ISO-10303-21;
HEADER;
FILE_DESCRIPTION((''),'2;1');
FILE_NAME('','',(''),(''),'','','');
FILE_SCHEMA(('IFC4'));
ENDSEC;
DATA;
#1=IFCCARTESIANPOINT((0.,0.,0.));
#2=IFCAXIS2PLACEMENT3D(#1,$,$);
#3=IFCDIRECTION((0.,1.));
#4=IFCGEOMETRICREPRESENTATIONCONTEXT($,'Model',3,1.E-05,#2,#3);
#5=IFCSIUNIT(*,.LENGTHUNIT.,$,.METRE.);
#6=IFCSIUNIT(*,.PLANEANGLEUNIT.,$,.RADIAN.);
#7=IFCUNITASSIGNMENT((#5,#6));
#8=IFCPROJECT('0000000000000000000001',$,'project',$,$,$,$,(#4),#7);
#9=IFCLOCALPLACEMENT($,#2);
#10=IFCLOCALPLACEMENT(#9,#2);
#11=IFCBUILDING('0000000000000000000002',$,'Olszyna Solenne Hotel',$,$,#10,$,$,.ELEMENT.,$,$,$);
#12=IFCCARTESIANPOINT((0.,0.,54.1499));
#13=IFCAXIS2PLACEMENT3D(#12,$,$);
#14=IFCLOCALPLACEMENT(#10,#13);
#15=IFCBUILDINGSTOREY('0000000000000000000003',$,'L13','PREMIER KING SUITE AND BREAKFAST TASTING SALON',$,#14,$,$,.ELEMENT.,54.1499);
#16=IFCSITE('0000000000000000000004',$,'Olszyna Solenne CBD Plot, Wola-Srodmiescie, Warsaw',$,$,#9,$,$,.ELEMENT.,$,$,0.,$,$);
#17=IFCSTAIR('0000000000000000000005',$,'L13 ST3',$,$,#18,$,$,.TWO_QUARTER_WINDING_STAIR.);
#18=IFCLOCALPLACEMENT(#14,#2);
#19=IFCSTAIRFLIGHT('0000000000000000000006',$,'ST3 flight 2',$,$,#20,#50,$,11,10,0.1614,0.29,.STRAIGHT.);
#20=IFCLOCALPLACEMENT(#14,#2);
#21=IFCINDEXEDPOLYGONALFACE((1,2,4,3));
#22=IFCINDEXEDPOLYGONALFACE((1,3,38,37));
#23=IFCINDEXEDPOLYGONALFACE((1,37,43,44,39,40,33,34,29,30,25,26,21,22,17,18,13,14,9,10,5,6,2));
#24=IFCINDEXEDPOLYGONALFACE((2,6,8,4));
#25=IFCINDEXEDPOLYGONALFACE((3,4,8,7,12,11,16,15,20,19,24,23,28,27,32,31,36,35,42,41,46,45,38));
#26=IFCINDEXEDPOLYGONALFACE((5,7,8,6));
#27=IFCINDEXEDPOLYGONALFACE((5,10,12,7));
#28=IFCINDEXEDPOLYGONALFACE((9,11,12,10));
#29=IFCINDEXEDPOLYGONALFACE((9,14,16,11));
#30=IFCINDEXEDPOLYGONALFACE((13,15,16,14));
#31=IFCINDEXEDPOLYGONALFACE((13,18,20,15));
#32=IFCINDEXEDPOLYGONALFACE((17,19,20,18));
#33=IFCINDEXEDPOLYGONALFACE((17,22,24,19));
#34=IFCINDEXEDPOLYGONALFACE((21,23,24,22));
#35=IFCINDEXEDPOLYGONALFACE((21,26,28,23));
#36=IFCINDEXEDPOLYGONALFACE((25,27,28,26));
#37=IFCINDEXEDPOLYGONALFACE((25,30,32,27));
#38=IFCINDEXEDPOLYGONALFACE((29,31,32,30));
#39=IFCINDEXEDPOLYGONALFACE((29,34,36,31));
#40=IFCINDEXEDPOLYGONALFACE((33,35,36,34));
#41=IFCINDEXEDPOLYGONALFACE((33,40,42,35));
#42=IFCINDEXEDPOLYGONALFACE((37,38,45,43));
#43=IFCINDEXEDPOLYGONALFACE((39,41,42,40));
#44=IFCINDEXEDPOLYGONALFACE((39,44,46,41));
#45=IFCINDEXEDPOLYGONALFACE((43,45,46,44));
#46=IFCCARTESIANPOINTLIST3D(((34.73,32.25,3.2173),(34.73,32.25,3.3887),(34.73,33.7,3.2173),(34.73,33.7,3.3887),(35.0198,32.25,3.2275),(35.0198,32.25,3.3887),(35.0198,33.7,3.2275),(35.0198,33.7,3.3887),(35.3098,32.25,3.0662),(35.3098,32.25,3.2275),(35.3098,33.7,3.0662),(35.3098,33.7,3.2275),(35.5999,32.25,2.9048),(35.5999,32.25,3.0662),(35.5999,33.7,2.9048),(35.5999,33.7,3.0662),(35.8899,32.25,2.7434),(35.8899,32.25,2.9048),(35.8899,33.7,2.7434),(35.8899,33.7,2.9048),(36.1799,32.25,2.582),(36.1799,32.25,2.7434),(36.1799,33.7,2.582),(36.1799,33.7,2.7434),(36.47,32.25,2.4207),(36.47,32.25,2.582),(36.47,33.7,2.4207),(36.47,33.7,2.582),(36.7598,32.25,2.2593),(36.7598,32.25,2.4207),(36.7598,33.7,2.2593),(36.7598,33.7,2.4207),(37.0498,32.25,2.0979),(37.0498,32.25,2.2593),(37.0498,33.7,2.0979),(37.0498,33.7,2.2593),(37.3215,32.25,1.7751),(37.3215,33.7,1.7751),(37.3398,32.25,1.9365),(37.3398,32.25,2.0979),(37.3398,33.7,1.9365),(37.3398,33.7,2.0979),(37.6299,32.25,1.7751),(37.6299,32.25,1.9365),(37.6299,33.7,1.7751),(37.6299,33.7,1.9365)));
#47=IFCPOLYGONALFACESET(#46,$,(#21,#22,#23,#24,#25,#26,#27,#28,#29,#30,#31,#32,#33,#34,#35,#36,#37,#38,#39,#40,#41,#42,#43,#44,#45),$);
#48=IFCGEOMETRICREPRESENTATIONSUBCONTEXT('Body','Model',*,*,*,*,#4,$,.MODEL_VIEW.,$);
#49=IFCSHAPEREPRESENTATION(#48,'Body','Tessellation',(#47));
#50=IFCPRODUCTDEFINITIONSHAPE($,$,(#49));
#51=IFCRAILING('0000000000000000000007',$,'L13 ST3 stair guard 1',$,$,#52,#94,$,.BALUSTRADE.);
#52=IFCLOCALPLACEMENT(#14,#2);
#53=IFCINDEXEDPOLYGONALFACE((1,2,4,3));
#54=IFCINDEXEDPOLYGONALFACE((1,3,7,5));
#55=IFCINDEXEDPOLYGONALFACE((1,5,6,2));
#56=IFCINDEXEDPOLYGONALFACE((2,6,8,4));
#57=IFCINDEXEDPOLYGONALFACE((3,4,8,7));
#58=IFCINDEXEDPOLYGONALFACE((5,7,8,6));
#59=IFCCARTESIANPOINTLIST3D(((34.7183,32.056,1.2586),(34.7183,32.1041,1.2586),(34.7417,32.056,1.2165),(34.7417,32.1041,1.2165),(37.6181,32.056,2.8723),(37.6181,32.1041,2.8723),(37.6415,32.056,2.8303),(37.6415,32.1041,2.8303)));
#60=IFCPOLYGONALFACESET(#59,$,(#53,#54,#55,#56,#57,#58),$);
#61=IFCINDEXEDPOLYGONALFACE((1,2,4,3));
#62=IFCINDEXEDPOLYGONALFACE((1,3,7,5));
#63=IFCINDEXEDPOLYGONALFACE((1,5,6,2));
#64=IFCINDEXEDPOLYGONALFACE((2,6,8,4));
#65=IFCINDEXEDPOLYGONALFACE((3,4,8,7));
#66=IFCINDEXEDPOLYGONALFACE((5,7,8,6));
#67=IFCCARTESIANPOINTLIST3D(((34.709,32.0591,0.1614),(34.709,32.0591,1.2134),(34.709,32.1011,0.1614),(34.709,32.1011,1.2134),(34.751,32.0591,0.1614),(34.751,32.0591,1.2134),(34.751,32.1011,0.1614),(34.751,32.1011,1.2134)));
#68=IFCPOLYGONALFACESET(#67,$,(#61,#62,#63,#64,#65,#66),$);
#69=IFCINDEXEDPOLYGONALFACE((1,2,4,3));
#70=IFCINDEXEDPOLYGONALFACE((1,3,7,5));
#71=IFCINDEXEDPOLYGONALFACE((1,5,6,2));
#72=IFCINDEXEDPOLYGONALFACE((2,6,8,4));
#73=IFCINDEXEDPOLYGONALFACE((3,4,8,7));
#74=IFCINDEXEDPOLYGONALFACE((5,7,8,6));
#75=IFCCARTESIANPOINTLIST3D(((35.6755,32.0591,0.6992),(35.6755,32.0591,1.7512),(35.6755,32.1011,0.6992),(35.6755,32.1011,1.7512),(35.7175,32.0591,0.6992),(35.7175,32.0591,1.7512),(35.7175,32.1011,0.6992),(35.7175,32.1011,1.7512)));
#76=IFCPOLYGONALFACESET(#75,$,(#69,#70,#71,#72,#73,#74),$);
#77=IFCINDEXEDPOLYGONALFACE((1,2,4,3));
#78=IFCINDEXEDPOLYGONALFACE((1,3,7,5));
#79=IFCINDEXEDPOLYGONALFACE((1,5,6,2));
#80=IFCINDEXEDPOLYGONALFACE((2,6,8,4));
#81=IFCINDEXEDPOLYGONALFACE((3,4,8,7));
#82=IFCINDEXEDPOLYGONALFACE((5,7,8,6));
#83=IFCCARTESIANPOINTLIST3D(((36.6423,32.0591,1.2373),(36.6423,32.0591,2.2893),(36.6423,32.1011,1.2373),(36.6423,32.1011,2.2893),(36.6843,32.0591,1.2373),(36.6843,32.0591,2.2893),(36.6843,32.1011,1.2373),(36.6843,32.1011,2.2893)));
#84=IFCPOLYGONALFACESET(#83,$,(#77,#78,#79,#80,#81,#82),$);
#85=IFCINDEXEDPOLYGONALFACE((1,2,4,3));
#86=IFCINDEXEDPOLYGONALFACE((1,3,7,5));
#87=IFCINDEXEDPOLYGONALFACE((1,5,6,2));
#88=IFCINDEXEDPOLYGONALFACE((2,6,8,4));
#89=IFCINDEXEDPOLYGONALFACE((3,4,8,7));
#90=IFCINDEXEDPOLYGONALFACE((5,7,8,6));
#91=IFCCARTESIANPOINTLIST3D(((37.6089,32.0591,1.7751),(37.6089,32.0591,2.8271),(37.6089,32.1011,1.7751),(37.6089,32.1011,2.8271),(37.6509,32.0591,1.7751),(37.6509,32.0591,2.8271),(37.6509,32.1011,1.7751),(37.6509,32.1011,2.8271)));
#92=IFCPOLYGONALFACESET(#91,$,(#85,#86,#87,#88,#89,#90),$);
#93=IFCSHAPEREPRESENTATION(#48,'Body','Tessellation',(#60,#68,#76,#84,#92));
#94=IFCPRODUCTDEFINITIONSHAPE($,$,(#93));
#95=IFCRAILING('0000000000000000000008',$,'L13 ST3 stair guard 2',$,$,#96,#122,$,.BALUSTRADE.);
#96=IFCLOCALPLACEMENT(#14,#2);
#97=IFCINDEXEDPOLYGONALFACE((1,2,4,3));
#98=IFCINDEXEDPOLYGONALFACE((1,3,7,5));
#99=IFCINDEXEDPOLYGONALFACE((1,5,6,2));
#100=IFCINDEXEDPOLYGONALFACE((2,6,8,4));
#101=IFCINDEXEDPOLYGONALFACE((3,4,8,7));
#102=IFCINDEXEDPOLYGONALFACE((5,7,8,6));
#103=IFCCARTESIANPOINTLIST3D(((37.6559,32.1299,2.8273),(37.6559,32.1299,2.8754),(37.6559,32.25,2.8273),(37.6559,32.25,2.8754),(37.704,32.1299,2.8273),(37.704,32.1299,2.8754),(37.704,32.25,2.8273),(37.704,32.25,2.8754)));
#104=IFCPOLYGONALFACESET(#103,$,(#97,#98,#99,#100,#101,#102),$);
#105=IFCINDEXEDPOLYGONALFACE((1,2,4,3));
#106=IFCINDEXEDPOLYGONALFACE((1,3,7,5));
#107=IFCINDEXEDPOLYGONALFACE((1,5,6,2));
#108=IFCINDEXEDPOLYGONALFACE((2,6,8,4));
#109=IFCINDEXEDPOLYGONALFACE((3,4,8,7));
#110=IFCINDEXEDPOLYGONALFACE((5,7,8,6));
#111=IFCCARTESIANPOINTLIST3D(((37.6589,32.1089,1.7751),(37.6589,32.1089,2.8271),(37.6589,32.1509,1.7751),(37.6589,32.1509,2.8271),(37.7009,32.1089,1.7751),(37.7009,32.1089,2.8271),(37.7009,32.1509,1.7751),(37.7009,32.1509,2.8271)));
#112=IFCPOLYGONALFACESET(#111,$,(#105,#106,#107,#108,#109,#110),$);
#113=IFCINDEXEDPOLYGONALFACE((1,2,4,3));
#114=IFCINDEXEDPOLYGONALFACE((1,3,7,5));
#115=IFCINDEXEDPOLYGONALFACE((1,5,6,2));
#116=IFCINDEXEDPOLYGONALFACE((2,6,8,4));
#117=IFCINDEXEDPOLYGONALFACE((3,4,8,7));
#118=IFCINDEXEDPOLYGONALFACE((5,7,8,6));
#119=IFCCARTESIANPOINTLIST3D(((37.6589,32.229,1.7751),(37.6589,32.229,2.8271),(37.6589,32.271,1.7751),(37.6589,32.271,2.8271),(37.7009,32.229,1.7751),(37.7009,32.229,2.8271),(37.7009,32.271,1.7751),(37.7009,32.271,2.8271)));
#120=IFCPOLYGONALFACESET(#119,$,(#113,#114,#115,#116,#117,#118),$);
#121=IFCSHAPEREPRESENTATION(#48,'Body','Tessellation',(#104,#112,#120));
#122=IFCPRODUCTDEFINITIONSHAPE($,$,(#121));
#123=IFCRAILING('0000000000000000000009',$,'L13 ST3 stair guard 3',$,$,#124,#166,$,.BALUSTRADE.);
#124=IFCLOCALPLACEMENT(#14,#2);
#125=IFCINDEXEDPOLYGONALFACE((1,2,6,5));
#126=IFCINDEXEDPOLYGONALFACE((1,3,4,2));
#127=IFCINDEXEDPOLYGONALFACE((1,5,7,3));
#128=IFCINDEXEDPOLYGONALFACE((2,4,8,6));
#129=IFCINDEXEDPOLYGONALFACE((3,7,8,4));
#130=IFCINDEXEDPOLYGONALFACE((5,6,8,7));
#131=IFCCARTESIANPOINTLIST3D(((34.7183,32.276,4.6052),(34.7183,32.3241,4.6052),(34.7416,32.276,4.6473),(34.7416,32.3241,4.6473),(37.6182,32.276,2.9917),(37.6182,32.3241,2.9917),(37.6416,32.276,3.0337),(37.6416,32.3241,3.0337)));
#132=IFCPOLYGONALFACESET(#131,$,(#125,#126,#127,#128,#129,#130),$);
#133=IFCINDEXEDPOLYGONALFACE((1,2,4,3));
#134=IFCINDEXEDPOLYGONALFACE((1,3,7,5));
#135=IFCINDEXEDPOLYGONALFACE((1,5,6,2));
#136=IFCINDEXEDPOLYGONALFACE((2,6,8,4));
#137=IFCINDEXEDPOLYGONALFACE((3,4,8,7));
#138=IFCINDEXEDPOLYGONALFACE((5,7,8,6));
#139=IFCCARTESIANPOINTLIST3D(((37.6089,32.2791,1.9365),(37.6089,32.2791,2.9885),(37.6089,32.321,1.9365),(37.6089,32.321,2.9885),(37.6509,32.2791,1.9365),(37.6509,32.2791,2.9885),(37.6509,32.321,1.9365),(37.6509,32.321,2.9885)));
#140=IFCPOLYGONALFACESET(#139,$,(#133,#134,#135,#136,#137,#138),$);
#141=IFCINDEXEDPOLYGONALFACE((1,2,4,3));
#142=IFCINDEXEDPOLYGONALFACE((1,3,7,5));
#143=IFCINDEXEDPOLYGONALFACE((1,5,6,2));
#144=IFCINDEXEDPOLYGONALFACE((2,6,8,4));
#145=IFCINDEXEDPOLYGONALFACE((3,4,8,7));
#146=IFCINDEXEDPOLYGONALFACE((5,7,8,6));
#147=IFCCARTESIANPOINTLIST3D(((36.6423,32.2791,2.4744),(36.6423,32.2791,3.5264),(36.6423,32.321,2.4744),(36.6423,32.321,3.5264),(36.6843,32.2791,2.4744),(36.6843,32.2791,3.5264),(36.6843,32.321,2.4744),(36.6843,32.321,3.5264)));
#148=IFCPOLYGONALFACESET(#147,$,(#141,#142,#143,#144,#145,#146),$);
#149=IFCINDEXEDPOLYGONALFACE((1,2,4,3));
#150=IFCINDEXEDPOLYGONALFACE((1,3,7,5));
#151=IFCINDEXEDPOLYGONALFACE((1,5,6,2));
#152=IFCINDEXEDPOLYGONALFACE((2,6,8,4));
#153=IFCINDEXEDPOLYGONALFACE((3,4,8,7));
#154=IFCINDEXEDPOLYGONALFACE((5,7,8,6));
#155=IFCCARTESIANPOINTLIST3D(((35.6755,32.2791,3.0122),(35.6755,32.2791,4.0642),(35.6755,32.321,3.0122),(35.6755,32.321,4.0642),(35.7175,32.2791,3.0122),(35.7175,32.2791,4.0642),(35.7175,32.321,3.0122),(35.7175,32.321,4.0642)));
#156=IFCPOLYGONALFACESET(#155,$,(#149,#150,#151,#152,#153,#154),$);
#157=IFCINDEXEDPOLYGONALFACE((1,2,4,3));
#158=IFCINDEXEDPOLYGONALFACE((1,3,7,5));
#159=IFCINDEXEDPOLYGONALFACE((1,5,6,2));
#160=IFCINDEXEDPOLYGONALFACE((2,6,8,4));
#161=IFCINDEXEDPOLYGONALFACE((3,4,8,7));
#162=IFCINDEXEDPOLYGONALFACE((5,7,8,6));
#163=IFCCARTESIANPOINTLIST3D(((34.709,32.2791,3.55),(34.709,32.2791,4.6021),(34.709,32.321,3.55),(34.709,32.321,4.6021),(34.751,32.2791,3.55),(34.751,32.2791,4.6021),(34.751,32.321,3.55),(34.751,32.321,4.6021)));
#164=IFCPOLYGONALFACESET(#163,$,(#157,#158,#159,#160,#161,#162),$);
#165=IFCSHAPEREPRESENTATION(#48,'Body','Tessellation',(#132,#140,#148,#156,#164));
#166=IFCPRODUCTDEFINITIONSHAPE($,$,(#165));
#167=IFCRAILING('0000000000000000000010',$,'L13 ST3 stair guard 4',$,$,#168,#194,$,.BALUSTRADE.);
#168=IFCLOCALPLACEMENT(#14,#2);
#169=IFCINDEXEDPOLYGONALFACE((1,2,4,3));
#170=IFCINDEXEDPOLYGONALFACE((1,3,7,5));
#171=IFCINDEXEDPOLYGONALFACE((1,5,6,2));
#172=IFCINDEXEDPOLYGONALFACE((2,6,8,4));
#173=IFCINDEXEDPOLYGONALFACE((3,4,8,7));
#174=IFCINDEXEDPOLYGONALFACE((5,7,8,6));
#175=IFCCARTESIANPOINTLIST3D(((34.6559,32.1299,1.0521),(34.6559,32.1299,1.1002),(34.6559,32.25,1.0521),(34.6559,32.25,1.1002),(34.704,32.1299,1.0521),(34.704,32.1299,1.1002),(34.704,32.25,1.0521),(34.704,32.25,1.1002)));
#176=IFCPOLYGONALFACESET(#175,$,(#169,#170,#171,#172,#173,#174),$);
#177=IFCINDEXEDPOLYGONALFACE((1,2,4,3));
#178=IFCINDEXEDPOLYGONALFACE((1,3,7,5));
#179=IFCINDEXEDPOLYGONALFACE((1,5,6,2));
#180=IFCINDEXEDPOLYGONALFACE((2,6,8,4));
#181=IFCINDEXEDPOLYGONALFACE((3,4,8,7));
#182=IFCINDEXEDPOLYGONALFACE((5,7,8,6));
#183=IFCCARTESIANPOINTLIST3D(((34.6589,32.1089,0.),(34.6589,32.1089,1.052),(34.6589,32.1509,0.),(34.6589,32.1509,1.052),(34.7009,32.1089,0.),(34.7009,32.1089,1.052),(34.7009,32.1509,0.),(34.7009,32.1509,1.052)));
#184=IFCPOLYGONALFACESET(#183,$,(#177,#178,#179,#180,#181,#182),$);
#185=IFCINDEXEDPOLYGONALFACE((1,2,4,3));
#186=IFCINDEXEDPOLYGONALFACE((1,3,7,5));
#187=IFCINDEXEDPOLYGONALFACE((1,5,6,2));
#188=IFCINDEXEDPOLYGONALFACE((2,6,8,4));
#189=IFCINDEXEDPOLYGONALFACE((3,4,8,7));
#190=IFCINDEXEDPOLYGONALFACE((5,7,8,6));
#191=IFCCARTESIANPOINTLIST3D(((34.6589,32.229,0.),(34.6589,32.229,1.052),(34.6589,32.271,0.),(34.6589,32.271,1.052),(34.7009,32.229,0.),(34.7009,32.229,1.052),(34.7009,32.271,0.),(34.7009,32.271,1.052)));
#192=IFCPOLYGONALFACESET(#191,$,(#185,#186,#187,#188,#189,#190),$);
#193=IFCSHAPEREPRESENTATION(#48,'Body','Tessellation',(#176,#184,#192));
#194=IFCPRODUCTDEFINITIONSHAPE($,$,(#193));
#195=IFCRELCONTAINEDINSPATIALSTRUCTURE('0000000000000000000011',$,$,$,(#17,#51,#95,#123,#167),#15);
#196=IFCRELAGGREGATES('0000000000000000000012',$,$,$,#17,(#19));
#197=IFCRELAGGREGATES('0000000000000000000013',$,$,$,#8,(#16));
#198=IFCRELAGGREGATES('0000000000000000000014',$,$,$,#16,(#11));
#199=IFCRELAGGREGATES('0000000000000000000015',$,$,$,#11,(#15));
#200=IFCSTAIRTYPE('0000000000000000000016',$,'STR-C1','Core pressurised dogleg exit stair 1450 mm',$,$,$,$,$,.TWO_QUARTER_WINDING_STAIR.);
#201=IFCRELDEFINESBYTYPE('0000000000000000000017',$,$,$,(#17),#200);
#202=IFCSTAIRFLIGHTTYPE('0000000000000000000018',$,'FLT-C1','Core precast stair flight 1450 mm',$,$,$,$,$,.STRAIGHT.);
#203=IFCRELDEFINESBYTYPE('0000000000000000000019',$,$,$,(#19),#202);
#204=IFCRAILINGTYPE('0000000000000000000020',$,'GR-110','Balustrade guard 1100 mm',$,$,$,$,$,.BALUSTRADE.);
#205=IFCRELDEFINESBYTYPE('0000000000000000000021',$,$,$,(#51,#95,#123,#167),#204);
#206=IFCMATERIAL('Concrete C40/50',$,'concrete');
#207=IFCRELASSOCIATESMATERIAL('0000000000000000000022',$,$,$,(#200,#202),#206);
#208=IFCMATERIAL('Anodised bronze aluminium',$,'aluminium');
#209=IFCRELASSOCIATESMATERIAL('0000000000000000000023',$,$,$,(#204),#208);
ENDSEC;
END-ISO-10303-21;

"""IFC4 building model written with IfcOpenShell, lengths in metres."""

from ifc_helpers import new_model, si_unit, direction, frame, origin, origin_2d, place, context, subcontext, project, spatial, polyline, rectangle, outline, extrude, material, type_object, element, aggregate, save


model = new_model("IFC4")

# Units and contexts
model_context = context("Model", 3, precision=1e-05, world=origin(), true_north=direction((0.0, 1.0)))
body_context = subcontext(model_context, "Body", "Model", "MODEL_VIEW")
ifc_project = project(units=[si_unit("LENGTHUNIT", "METRE"), si_unit("PLANEANGLEUNIT", "RADIAN")], contexts=[model_context])

# Site, building, storey
site_placement = place(None, origin())
site = spatial("IfcSite", under=ifc_project, at=site_placement, Name="Olszyna Solenne CBD Plot, Wola-Srodmiescie, Warsaw", CompositionType="ELEMENT", RefElevation=0.0)
building_placement = place(site_placement, origin())
building = spatial("IfcBuilding", under=site, at=building_placement, Name="Olszyna Solenne Hotel", CompositionType="ELEMENT")
storey_placement = place(building_placement, frame((0.0, 0.0, 54.1499)))
storey = spatial("IfcBuildingStorey", under=building, at=storey_placement, Name="L13", Description="PREMIER KING SUITE AND BREAKFAST TASTING SALON", CompositionType="ELEMENT", Elevation=54.1499)

# Shared definitions
ifc_material_1 = material(Name="Anodised bronze aluminium", Category="aluminium")

# Stair, stair flight
ifc_material_2 = material(Name="Concrete C40/50", Category="concrete")
stair_type = type_object("IfcStairType", Name="STR-C1", Description="Core pressurised dogleg exit stair 1450 mm", PredefinedType="TWO_QUARTER_WINDING_STAIR", material=ifc_material_2)
stair_placement = place(storey_placement, origin())
stair = element("IfcStair", 1, at=stair_placement, inside=storey, type_object=stair_type, Name="L13 ST3", PredefinedType="TWO_QUARTER_WINDING_STAIR")
stair_flight_type = type_object("IfcStairFlightType", Name="FLT-C1", Description="Core precast stair flight 1450 mm", PredefinedType="STRAIGHT", material=ifc_material_2)
stair_flight_1_placement = place(storey_placement, frame((37.6299, 32.9751, 1.7751), z_axis=(0.0, 0.0, 1.0), x_axis=(-1.0, 0.0, 0.0)))
stair_flight_1 = element("IfcStairFlight", 2, at=stair_flight_1_placement, type_object=stair_flight_type, Name="ST3 flight 2", NumberOfRisers=11, NumberOfTreads=10, PredefinedType="STRAIGHT", RiserHeight=0.1614, TreadLength=0.29, context=body_context, shape_type="SweptSolid", body=[
    extrude(outline(polyline([(0.0, 0.0), (0.0, 0.1614), (0.29, 0.1614), (0.29, 0.3228), (0.5801, 0.3228), (0.5801, 0.4841), (0.8701, 0.4841), (0.8701, 0.6455), (1.1599, 0.6455), (1.1599, 0.8069), (1.45, 0.8069), (1.45, 0.9683), (1.74, 0.9683), (1.74, 1.1296), (2.03, 1.1296), (2.03, 1.291), (2.3201, 1.291), (2.3201, 1.4524), (2.6101, 1.4524), (2.6101, 1.6135), (2.8999, 1.6135), (2.8999, 1.7749), (2.8999, 1.4421), (0.3083, 0.0), (0.0, 0.0)])), frame((0.0, 0.7251, 0.0), z_axis=(0.0, -1.0, 0.0), x_axis=(1.0, 0.0, 0.0)), (0.0, 0.0, 1.0), 1.45),
])
aggregate(stair, [stair_flight_1])

# Railings
railing_type_1 = type_object("IfcRailingType", Name="GR-110", Description="Balustrade guard 1100 mm", PredefinedType="BALUSTRADE", material=ifc_material_1)
railing_1_placement = place(storey_placement, frame((34.73, 32.0801, 0.1614)))
element("IfcRailing", 3, at=railing_1_placement, inside=storey, type_object=railing_type_1, Name="L13 ST3 stair guard 1", PredefinedType="BALUSTRADE", context=body_context, shape_type="SweptSolid", body=[
    extrude(rectangle(XDim=0.0481, YDim=0.0481, at=origin_2d()), frame((0.0, 0.0, 1.0762), z_axis=(0.87381, 0.0, 0.486267), x_axis=(0.0, 1.0, 0.0)), (0.0, 0.0, 1.0), 3.3186),
    extrude(rectangle(XDim=0.042, YDim=0.042, at=origin_2d()), origin(), (0.0, 0.0, 1.0), 1.052),
    extrude(rectangle(XDim=0.042, YDim=0.042, at=origin_2d()), frame((0.9666, 0.0, 0.5378)), (0.0, 0.0, 1.0), 1.052),
    extrude(rectangle(XDim=0.042, YDim=0.042, at=origin_2d()), frame((1.9333, 0.0, 1.0759)), (0.0, 0.0, 1.0), 1.052),
    extrude(rectangle(XDim=0.042, YDim=0.042, at=origin_2d()), frame((2.8999, 0.0, 1.6138)), (0.0, 0.0, 1.0), 1.052),
])
railing_2_placement = place(storey_placement, frame((37.6799, 32.1299, 1.7751)))
element("IfcRailing", 4, at=railing_2_placement, inside=storey, type_object=railing_type_1, Name="L13 ST3 stair guard 2", PredefinedType="BALUSTRADE", context=body_context, shape_type="SweptSolid", body=[
    extrude(rectangle(XDim=0.0481, YDim=0.0481, at=origin_2d()), frame((0.0, 0.0, 1.0762), z_axis=(0.0, 1.0, 0.0), x_axis=(-1.0, 0.0, 0.0)), (0.0, 0.0, 1.0), 0.1201),
    extrude(rectangle(XDim=0.042, YDim=0.042, at=origin_2d()), origin(), (0.0, 0.0, 1.0), 1.052),
    extrude(rectangle(XDim=0.042, YDim=0.042, at=origin_2d()), frame((0.0, 0.1201, 0.0)), (0.0, 0.0, 1.0), 1.052),
])
railing_3_placement = place(storey_placement, frame((37.6299, 32.3, 1.9365)))
element("IfcRailing", 5, at=railing_3_placement, inside=storey, type_object=railing_type_1, Name="L13 ST3 stair guard 3", PredefinedType="BALUSTRADE", context=body_context, shape_type="SweptSolid", body=[
    extrude(rectangle(XDim=0.0481, YDim=0.0481, at=origin_2d()), frame((0.0, 0.0, 1.0762), z_axis=(-0.873841, 0.0, 0.486211), x_axis=(0.0, -1.0, 0.0)), (0.0, 0.0, 1.0), 3.3186),
    extrude(rectangle(XDim=0.042, YDim=0.042, at=origin_2d()), origin(), (0.0, 0.0, 1.0), 1.052),
    extrude(rectangle(XDim=0.042, YDim=0.042, at=origin_2d()), frame((-0.9666, 0.0, 0.5378)), (0.0, 0.0, 1.0), 1.052),
    extrude(rectangle(XDim=0.042, YDim=0.042, at=origin_2d()), frame((-1.9333, 0.0, 1.0757)), (0.0, 0.0, 1.0), 1.052),
    extrude(rectangle(XDim=0.042, YDim=0.042, at=origin_2d()), frame((-2.8999, 0.0, 1.6135)), (0.0, 0.0, 1.0), 1.052),
])
railing_4_placement = place(storey_placement, frame((34.6799, 32.1299, 0.0)))
element("IfcRailing", 6, at=railing_4_placement, inside=storey, type_object=railing_type_1, Name="L13 ST3 stair guard 4", PredefinedType="BALUSTRADE", context=body_context, shape_type="SweptSolid", body=[
    extrude(rectangle(XDim=0.0481, YDim=0.0481, at=origin_2d()), frame((0.0, 0.0, 1.0762), z_axis=(0.0, 1.0, 0.0), x_axis=(-1.0, 0.0, 0.0)), (0.0, 0.0, 1.0), 0.1201),
    extrude(rectangle(XDim=0.042, YDim=0.042, at=origin_2d()), origin(), (0.0, 0.0, 1.0), 1.052),
    extrude(rectangle(XDim=0.042, YDim=0.042, at=origin_2d()), frame((0.0, 0.1201, 0.0)), (0.0, 0.0, 1.0), 1.052),
])

save(model, "model.ifc")
